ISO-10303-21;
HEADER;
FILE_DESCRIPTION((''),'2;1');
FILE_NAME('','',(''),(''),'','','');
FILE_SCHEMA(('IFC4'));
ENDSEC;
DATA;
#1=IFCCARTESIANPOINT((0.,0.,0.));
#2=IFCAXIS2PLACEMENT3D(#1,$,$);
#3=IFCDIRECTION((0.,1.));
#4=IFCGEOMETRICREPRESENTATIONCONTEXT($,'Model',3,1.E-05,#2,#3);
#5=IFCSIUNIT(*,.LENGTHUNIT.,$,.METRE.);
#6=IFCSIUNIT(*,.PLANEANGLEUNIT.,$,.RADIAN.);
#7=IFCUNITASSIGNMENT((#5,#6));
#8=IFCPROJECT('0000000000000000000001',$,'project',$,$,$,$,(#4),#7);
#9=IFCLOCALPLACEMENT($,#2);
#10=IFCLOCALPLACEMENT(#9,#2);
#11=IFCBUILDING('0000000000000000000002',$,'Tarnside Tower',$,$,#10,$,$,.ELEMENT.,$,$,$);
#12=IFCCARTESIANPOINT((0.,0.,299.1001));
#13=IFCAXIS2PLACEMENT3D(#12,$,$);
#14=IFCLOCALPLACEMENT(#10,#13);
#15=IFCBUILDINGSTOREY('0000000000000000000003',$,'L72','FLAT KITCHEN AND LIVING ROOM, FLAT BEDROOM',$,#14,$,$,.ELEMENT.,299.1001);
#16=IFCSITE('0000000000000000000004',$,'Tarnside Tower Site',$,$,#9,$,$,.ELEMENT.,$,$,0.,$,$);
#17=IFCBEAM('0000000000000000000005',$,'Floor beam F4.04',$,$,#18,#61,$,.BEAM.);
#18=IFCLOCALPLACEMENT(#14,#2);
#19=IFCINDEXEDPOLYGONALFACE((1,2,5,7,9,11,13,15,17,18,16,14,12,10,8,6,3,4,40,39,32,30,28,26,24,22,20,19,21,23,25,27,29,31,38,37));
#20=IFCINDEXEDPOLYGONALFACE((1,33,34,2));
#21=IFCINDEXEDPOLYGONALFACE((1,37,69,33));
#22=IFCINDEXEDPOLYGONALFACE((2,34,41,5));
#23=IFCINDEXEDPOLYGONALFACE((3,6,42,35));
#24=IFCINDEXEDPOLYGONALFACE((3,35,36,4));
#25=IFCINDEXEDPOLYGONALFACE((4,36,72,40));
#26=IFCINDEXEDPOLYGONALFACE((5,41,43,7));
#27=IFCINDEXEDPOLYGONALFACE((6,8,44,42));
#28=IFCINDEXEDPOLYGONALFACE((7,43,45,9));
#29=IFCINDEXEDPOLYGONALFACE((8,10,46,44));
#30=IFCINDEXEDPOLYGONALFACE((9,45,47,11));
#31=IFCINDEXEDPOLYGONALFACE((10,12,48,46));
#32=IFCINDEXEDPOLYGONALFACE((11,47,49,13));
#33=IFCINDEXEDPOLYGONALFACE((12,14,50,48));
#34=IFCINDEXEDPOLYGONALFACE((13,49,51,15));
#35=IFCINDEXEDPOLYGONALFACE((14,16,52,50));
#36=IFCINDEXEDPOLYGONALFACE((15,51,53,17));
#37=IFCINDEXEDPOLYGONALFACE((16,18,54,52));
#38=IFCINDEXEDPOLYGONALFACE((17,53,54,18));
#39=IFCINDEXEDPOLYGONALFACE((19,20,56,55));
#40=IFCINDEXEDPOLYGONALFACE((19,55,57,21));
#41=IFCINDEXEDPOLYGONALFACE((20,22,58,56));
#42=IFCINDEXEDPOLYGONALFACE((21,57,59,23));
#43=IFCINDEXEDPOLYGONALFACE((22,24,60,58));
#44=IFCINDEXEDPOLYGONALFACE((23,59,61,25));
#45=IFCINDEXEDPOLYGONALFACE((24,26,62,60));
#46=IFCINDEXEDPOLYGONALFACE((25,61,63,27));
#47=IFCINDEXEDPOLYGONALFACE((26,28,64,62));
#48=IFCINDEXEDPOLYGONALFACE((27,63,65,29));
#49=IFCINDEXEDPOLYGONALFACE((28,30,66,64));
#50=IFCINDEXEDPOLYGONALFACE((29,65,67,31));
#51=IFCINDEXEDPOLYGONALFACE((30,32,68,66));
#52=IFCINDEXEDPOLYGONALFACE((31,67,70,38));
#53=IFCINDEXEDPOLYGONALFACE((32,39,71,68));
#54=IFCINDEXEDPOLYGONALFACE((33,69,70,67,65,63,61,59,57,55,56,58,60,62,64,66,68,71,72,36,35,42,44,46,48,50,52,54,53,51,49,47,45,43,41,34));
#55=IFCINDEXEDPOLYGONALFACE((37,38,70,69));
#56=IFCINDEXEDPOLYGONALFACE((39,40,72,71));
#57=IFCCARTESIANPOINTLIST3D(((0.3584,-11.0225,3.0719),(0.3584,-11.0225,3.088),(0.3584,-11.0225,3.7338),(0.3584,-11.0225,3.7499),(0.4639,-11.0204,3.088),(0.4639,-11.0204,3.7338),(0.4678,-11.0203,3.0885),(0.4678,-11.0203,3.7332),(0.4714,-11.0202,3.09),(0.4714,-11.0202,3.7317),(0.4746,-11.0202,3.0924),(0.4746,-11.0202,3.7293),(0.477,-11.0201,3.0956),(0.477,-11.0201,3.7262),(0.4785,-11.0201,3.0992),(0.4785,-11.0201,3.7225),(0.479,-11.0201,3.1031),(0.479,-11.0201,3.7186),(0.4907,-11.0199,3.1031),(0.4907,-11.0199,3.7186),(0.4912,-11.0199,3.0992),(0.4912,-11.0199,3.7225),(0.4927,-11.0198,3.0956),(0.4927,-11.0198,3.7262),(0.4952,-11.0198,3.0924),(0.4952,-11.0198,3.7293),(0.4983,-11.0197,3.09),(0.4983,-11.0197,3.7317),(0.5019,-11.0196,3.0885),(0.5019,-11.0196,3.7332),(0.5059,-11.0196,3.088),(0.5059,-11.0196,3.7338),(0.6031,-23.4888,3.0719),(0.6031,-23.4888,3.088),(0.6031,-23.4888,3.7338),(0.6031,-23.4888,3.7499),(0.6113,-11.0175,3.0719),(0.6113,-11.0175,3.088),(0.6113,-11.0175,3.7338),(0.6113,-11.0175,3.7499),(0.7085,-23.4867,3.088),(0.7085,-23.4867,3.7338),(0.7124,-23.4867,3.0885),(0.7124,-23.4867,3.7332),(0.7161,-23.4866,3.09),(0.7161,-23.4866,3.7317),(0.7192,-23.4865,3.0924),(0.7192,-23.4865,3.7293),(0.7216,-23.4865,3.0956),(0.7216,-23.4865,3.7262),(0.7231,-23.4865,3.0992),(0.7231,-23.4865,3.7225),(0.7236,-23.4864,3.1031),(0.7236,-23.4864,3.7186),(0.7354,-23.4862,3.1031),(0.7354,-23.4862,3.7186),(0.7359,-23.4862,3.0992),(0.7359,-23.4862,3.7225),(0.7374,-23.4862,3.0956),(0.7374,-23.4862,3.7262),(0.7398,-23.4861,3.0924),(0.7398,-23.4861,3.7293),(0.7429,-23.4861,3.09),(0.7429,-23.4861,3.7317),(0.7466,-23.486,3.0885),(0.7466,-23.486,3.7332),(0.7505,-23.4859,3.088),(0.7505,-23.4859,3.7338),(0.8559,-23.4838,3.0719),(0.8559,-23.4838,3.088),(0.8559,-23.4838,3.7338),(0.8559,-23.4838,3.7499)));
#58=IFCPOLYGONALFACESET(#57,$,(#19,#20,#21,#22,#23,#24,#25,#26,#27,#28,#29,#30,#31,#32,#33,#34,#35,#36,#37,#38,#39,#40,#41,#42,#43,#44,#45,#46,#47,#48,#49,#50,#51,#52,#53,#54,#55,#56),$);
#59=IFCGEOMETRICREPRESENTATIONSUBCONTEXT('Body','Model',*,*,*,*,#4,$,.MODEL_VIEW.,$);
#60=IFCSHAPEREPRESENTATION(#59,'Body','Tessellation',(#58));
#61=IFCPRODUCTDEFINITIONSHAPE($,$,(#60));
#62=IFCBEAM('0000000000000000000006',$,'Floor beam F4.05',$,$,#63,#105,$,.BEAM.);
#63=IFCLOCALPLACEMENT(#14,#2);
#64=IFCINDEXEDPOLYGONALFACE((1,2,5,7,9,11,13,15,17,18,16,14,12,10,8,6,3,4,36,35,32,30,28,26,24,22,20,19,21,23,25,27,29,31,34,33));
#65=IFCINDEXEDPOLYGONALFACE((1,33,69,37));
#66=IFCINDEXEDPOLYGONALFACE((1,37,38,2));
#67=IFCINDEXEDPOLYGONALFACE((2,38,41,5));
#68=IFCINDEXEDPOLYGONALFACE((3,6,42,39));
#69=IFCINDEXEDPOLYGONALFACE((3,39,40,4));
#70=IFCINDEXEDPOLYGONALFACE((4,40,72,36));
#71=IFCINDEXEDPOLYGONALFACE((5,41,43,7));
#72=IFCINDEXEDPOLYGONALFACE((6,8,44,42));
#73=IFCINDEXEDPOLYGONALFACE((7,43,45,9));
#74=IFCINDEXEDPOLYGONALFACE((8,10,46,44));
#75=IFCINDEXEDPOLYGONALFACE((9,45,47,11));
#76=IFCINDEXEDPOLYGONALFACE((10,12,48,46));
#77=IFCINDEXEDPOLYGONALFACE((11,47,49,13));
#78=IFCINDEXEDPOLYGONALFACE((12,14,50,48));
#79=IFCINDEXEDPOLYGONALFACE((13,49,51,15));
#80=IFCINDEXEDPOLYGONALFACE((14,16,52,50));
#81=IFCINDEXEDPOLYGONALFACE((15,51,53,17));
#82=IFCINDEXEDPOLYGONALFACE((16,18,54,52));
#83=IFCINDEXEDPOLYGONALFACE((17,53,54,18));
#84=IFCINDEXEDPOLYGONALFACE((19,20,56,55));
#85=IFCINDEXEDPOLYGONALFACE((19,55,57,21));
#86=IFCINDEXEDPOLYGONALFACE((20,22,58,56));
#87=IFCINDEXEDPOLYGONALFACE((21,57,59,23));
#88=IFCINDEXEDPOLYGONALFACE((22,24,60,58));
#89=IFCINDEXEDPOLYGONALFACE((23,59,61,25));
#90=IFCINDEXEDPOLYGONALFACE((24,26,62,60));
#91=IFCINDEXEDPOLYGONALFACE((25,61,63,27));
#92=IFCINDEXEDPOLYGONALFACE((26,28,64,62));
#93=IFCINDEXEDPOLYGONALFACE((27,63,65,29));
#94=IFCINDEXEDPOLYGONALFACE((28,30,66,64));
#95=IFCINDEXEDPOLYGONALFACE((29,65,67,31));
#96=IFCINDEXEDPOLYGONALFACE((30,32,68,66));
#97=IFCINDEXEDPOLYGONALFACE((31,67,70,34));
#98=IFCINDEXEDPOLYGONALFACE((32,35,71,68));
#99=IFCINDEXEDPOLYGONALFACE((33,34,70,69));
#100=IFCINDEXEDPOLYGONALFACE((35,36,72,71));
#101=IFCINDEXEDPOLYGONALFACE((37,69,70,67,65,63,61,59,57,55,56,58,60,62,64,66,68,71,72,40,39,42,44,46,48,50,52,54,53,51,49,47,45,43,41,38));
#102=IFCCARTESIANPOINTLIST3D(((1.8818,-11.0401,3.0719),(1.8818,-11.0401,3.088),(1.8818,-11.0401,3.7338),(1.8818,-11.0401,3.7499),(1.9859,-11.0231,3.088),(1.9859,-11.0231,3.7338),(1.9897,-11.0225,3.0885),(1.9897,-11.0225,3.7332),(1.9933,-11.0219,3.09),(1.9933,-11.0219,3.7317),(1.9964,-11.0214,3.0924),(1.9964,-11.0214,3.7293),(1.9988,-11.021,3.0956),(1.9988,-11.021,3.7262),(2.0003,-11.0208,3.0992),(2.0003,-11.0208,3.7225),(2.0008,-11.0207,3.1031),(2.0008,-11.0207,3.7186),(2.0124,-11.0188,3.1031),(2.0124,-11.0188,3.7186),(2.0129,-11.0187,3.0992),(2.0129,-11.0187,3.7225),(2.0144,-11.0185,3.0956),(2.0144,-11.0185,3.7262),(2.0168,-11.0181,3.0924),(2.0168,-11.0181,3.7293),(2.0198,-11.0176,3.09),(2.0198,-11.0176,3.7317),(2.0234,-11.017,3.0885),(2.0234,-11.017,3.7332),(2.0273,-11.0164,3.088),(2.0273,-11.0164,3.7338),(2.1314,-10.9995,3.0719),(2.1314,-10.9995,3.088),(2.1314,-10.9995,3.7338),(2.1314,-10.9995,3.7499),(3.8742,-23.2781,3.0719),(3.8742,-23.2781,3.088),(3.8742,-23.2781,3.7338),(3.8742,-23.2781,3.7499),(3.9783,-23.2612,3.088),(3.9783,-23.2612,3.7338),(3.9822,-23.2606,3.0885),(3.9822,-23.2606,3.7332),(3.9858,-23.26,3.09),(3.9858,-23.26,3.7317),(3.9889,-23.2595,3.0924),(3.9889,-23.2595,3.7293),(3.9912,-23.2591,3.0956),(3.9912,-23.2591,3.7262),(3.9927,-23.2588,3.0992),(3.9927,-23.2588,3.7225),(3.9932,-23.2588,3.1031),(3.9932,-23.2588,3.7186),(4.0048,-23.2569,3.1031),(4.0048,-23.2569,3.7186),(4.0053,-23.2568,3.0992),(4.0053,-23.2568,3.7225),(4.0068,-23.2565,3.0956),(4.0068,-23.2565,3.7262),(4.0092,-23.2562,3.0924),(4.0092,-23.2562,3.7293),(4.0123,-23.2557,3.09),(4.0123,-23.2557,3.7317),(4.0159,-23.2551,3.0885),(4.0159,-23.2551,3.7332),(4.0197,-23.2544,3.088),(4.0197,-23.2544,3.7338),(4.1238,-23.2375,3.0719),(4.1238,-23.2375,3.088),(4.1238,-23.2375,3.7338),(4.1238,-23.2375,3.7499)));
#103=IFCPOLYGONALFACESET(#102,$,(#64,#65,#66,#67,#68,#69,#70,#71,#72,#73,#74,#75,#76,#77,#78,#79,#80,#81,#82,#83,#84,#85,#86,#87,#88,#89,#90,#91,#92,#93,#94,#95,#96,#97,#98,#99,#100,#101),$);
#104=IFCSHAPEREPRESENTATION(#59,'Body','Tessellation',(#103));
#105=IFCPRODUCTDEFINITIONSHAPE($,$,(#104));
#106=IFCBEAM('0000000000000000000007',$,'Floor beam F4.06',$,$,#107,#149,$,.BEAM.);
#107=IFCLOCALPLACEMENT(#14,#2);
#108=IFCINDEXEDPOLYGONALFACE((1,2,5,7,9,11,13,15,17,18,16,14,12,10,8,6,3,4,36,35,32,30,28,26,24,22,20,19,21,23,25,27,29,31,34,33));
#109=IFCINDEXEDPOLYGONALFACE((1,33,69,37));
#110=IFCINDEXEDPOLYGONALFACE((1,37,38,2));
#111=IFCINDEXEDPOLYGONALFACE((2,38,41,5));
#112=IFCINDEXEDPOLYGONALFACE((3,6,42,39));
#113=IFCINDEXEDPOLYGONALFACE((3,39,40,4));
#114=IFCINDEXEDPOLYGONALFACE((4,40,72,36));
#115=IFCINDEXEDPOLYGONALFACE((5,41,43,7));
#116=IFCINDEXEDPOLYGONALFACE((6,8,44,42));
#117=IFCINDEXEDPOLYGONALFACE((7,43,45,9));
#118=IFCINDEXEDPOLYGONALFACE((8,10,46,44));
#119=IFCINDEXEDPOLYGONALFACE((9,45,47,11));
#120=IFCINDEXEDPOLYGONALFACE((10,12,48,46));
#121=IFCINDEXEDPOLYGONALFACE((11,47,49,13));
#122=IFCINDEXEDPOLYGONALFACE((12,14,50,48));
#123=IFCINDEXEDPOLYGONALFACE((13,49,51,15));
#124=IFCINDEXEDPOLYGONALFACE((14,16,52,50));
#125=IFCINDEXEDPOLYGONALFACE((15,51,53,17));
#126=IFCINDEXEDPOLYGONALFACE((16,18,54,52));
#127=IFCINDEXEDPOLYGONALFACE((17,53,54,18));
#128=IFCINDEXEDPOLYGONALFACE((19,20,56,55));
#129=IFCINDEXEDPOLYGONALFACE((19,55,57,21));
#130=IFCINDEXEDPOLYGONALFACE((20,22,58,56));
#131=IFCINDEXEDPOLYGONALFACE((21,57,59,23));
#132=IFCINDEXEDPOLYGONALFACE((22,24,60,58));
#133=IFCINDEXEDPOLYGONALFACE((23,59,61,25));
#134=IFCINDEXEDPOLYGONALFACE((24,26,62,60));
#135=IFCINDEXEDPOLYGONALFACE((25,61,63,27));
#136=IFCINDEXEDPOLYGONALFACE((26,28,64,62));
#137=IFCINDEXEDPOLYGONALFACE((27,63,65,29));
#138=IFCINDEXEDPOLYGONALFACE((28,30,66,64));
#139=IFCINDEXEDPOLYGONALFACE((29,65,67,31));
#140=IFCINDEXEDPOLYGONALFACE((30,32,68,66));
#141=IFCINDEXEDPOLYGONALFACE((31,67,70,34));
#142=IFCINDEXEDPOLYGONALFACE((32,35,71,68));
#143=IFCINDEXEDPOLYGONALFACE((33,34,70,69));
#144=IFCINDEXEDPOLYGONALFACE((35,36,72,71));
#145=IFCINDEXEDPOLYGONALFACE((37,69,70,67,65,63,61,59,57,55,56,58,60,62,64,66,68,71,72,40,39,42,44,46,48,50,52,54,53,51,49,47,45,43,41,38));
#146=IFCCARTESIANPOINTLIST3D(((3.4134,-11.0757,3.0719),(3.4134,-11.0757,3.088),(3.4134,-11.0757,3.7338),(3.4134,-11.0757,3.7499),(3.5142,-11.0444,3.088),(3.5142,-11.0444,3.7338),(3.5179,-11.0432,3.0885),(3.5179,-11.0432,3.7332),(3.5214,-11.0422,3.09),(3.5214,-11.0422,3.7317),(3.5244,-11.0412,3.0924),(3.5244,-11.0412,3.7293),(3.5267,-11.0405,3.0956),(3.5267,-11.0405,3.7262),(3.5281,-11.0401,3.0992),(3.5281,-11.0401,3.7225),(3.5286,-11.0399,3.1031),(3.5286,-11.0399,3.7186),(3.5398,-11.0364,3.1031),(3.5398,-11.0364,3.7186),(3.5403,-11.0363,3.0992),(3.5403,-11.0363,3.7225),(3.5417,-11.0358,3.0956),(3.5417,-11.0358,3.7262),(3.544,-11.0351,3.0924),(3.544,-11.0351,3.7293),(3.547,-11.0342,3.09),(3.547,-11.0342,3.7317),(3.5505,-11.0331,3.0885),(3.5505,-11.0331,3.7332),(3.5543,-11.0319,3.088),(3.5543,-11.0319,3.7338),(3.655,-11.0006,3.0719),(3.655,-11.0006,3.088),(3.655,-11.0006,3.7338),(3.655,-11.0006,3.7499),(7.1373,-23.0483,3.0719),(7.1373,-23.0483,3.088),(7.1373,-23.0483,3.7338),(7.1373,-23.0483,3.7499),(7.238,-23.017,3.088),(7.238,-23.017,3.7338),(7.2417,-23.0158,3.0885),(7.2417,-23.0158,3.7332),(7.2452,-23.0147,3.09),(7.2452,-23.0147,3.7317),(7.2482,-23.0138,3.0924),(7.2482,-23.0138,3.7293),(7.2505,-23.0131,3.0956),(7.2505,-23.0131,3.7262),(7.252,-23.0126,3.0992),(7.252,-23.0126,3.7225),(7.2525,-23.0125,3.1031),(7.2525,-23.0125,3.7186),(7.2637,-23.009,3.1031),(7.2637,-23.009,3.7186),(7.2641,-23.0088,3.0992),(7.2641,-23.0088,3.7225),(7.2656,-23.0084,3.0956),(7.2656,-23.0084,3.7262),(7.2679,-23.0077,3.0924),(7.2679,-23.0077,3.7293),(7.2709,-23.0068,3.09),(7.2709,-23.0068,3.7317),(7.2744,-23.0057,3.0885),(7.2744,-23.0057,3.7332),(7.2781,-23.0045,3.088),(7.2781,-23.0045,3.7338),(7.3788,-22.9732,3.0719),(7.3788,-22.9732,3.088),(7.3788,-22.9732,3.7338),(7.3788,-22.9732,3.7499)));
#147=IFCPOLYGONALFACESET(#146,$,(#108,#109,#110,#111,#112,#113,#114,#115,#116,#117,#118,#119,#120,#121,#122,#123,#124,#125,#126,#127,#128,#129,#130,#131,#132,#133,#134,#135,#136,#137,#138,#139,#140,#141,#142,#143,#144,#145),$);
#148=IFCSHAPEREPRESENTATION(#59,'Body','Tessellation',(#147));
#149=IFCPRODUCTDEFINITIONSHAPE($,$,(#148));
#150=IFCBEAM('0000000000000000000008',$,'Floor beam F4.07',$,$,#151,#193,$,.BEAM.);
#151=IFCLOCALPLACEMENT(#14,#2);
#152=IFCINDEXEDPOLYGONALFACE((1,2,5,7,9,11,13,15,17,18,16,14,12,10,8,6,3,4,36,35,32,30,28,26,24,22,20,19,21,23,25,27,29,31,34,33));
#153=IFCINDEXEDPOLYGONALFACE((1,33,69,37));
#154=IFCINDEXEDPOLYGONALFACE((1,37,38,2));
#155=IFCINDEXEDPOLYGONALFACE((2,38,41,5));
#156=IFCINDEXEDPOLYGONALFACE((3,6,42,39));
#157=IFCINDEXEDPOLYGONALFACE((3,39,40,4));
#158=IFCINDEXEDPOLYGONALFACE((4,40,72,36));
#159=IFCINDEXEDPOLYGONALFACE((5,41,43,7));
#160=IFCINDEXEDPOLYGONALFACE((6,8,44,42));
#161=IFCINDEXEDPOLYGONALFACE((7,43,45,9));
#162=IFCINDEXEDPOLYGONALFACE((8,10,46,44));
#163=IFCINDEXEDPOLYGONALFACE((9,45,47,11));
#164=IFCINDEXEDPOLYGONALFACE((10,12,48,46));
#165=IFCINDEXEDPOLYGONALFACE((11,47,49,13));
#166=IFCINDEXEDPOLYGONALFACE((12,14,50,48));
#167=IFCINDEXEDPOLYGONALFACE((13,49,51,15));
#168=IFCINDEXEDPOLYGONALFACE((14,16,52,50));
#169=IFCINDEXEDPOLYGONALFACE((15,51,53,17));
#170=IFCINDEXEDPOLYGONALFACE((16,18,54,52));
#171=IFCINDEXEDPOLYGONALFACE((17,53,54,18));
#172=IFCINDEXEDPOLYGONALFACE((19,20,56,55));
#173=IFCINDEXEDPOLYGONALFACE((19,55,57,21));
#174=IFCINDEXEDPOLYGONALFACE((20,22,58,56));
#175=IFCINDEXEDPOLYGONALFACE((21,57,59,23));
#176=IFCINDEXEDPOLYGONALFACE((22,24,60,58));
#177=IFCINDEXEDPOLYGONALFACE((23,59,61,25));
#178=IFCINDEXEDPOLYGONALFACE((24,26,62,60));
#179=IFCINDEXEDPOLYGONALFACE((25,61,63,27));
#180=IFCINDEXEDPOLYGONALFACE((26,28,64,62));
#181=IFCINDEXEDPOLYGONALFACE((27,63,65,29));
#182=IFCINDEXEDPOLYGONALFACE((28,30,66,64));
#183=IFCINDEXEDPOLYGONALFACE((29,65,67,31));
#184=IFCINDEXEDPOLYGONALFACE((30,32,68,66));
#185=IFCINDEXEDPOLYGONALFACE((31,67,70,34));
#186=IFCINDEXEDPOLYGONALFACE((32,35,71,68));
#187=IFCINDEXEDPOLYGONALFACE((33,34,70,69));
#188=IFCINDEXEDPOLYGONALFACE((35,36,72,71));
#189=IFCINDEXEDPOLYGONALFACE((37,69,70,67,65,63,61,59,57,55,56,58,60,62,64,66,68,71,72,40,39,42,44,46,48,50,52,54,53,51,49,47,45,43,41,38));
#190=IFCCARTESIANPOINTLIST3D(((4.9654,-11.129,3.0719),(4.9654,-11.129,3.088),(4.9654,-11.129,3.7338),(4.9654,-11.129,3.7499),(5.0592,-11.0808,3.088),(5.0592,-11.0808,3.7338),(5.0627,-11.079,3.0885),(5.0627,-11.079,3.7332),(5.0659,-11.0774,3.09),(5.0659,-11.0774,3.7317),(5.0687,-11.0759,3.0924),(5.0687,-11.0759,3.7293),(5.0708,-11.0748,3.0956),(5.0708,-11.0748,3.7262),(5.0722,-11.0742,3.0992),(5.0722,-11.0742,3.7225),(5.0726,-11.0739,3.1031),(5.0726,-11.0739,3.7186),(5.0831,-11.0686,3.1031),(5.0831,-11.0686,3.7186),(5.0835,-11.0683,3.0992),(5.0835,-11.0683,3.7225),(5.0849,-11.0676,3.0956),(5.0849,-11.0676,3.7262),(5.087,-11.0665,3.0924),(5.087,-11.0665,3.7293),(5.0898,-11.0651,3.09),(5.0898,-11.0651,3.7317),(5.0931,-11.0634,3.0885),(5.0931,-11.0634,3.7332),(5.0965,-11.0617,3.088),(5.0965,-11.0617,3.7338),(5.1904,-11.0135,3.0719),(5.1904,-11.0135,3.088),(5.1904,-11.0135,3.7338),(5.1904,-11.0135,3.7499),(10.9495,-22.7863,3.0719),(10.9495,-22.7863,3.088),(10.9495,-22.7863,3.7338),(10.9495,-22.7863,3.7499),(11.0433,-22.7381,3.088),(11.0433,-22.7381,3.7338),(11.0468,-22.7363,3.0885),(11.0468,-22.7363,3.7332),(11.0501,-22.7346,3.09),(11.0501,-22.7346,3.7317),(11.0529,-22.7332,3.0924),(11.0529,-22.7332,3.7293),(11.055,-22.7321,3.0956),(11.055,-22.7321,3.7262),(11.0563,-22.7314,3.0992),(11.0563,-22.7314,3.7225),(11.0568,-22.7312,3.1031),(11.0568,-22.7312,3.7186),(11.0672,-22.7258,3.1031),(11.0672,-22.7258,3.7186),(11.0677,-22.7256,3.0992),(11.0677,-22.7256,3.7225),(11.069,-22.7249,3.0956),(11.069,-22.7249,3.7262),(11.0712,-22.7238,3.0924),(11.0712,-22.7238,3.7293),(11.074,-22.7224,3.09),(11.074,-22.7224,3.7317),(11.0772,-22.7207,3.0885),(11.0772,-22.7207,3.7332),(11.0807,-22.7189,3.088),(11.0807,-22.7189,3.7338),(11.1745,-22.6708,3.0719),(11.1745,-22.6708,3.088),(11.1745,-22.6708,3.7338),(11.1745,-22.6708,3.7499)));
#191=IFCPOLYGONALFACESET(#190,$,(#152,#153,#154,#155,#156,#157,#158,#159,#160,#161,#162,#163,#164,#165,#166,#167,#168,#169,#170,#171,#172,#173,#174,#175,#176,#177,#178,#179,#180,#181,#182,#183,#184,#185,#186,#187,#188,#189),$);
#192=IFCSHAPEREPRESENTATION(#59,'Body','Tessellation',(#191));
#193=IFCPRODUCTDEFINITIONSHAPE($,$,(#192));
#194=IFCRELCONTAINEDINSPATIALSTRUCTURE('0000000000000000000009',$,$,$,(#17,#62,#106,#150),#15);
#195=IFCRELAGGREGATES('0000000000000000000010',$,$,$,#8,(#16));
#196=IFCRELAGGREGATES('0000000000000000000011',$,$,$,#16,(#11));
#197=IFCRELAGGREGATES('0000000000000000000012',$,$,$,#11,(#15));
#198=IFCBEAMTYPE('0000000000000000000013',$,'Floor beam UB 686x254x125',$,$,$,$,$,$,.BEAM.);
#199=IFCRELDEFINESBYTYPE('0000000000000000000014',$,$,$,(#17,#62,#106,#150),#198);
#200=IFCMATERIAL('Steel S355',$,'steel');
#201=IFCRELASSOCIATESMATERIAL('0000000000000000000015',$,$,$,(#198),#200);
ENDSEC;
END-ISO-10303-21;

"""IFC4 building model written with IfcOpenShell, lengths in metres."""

from ifc_helpers import new_model, si_unit, direction, frame, origin, origin_2d, place, context, subcontext, project, spatial, i_section, extrude, material, material_profile, profile_set, type_object, element, save


model = new_model("IFC4")

# Units and contexts
model_context = context("Model", 3, precision=1e-05, world=origin(), true_north=direction((0.0, 1.0)))
body_context = subcontext(model_context, "Body", "Model", "MODEL_VIEW")
ifc_project = project(units=[si_unit("LENGTHUNIT", "METRE"), si_unit("PLANEANGLEUNIT", "RADIAN")], contexts=[model_context])

# Site, building, storey
site_placement = place(None, origin())
site = spatial("IfcSite", under=ifc_project, at=site_placement, Name="Tarnside Tower Site", CompositionType="ELEMENT", RefElevation=0.0)
building_placement = place(site_placement, origin())
building = spatial("IfcBuilding", under=site, at=building_placement, Name="Tarnside Tower", CompositionType="ELEMENT")
storey_placement = place(building_placement, frame((0.0, 0.0, 299.1001)))
storey = spatial("IfcBuildingStorey", under=building, at=storey_placement, Name="L72", Description="FLAT KITCHEN AND LIVING ROOM, FLAT BEDROOM", CompositionType="ELEMENT", Elevation=299.1001)

# Beams
ifc_material_1 = material(Name="Steel S355", Category="steel")
ifc_material_profile = material_profile(ifc_material_1, i_section(OverallWidth=0.2529, OverallDepth=0.678, WebThickness=0.0117, FlangeThickness=0.0161, FilletRadius=0.0151, at=origin_2d()), Name="UB 686x254x125")
ifc_profile_set = profile_set([ifc_material_profile], Name="Steel S355")
beam_type = type_object("IfcBeamType", Name="Floor beam UB 686x254x125", PredefinedType="BEAM", material=ifc_profile_set)
beam_1_placement = place(storey_placement, frame((0.7295, -23.4863, 3.4109), z_axis=(-0.019619, 0.999808, 0.0), x_axis=(-0.999808, -0.019619, 0.0)))
element("IfcBeam", 1, at=beam_1_placement, inside=storey, type_object=beam_type, Name="Floor beam F4.04", PredefinedType="BEAM", context=body_context, shape_type="SweptSolid", body=[
    extrude(i_section(OverallWidth=0.2529, OverallDepth=0.678, WebThickness=0.0117, FlangeThickness=0.0161, FilletRadius=0.0151, at=origin_2d()), origin(), (0.0, 0.0, 1.0), 12.4688),
])
beam_2_placement = place(storey_placement, frame((3.999, -23.2578, 3.4109), z_axis=(-0.160691, 0.987005, 0.0), x_axis=(-0.987005, -0.160691, 0.0)))
element("IfcBeam", 2, at=beam_2_placement, inside=storey, type_object=beam_type, Name="Floor beam F4.05", PredefinedType="BEAM", context=body_context, shape_type="SweptSolid", body=[
    extrude(i_section(OverallWidth=0.2529, OverallDepth=0.678, WebThickness=0.0117, FlangeThickness=0.0161, FilletRadius=0.0151, at=origin_2d()), origin(), (0.0, 0.0, 1.0), 12.3992),
])
beam_3_placement = place(storey_placement, frame((7.2581, -23.0107, 3.4109), z_axis=(-0.296998, 0.954878, 0.0), x_axis=(-0.954878, -0.296998, 0.0)))
element("IfcBeam", 3, at=beam_3_placement, inside=storey, type_object=beam_type, Name="Floor beam F4.06", PredefinedType="BEAM", context=body_context, shape_type="SweptSolid", body=[
    extrude(i_section(OverallWidth=0.2529, OverallDepth=0.678, WebThickness=0.0117, FlangeThickness=0.0161, FilletRadius=0.0151, at=origin_2d()), origin(), (0.0, 0.0, 1.0), 12.5383),
])
beam_4_placement = place(storey_placement, frame((11.062, -22.7285, 3.4109), z_axis=(-0.456683, 0.889629, 0.0), x_axis=(-0.889629, -0.456683, 0.0)))
element("IfcBeam", 4, at=beam_4_placement, inside=storey, type_object=beam_type, Name="Floor beam F4.07", PredefinedType="BEAM", context=body_context, shape_type="SweptSolid", body=[
    extrude(i_section(OverallWidth=0.2529, OverallDepth=0.678, WebThickness=0.0117, FlangeThickness=0.0161, FilletRadius=0.0151, at=origin_2d()), origin(), (0.0, 0.0, 1.0), 13.1035),
])

save(model, "model.ifc")
